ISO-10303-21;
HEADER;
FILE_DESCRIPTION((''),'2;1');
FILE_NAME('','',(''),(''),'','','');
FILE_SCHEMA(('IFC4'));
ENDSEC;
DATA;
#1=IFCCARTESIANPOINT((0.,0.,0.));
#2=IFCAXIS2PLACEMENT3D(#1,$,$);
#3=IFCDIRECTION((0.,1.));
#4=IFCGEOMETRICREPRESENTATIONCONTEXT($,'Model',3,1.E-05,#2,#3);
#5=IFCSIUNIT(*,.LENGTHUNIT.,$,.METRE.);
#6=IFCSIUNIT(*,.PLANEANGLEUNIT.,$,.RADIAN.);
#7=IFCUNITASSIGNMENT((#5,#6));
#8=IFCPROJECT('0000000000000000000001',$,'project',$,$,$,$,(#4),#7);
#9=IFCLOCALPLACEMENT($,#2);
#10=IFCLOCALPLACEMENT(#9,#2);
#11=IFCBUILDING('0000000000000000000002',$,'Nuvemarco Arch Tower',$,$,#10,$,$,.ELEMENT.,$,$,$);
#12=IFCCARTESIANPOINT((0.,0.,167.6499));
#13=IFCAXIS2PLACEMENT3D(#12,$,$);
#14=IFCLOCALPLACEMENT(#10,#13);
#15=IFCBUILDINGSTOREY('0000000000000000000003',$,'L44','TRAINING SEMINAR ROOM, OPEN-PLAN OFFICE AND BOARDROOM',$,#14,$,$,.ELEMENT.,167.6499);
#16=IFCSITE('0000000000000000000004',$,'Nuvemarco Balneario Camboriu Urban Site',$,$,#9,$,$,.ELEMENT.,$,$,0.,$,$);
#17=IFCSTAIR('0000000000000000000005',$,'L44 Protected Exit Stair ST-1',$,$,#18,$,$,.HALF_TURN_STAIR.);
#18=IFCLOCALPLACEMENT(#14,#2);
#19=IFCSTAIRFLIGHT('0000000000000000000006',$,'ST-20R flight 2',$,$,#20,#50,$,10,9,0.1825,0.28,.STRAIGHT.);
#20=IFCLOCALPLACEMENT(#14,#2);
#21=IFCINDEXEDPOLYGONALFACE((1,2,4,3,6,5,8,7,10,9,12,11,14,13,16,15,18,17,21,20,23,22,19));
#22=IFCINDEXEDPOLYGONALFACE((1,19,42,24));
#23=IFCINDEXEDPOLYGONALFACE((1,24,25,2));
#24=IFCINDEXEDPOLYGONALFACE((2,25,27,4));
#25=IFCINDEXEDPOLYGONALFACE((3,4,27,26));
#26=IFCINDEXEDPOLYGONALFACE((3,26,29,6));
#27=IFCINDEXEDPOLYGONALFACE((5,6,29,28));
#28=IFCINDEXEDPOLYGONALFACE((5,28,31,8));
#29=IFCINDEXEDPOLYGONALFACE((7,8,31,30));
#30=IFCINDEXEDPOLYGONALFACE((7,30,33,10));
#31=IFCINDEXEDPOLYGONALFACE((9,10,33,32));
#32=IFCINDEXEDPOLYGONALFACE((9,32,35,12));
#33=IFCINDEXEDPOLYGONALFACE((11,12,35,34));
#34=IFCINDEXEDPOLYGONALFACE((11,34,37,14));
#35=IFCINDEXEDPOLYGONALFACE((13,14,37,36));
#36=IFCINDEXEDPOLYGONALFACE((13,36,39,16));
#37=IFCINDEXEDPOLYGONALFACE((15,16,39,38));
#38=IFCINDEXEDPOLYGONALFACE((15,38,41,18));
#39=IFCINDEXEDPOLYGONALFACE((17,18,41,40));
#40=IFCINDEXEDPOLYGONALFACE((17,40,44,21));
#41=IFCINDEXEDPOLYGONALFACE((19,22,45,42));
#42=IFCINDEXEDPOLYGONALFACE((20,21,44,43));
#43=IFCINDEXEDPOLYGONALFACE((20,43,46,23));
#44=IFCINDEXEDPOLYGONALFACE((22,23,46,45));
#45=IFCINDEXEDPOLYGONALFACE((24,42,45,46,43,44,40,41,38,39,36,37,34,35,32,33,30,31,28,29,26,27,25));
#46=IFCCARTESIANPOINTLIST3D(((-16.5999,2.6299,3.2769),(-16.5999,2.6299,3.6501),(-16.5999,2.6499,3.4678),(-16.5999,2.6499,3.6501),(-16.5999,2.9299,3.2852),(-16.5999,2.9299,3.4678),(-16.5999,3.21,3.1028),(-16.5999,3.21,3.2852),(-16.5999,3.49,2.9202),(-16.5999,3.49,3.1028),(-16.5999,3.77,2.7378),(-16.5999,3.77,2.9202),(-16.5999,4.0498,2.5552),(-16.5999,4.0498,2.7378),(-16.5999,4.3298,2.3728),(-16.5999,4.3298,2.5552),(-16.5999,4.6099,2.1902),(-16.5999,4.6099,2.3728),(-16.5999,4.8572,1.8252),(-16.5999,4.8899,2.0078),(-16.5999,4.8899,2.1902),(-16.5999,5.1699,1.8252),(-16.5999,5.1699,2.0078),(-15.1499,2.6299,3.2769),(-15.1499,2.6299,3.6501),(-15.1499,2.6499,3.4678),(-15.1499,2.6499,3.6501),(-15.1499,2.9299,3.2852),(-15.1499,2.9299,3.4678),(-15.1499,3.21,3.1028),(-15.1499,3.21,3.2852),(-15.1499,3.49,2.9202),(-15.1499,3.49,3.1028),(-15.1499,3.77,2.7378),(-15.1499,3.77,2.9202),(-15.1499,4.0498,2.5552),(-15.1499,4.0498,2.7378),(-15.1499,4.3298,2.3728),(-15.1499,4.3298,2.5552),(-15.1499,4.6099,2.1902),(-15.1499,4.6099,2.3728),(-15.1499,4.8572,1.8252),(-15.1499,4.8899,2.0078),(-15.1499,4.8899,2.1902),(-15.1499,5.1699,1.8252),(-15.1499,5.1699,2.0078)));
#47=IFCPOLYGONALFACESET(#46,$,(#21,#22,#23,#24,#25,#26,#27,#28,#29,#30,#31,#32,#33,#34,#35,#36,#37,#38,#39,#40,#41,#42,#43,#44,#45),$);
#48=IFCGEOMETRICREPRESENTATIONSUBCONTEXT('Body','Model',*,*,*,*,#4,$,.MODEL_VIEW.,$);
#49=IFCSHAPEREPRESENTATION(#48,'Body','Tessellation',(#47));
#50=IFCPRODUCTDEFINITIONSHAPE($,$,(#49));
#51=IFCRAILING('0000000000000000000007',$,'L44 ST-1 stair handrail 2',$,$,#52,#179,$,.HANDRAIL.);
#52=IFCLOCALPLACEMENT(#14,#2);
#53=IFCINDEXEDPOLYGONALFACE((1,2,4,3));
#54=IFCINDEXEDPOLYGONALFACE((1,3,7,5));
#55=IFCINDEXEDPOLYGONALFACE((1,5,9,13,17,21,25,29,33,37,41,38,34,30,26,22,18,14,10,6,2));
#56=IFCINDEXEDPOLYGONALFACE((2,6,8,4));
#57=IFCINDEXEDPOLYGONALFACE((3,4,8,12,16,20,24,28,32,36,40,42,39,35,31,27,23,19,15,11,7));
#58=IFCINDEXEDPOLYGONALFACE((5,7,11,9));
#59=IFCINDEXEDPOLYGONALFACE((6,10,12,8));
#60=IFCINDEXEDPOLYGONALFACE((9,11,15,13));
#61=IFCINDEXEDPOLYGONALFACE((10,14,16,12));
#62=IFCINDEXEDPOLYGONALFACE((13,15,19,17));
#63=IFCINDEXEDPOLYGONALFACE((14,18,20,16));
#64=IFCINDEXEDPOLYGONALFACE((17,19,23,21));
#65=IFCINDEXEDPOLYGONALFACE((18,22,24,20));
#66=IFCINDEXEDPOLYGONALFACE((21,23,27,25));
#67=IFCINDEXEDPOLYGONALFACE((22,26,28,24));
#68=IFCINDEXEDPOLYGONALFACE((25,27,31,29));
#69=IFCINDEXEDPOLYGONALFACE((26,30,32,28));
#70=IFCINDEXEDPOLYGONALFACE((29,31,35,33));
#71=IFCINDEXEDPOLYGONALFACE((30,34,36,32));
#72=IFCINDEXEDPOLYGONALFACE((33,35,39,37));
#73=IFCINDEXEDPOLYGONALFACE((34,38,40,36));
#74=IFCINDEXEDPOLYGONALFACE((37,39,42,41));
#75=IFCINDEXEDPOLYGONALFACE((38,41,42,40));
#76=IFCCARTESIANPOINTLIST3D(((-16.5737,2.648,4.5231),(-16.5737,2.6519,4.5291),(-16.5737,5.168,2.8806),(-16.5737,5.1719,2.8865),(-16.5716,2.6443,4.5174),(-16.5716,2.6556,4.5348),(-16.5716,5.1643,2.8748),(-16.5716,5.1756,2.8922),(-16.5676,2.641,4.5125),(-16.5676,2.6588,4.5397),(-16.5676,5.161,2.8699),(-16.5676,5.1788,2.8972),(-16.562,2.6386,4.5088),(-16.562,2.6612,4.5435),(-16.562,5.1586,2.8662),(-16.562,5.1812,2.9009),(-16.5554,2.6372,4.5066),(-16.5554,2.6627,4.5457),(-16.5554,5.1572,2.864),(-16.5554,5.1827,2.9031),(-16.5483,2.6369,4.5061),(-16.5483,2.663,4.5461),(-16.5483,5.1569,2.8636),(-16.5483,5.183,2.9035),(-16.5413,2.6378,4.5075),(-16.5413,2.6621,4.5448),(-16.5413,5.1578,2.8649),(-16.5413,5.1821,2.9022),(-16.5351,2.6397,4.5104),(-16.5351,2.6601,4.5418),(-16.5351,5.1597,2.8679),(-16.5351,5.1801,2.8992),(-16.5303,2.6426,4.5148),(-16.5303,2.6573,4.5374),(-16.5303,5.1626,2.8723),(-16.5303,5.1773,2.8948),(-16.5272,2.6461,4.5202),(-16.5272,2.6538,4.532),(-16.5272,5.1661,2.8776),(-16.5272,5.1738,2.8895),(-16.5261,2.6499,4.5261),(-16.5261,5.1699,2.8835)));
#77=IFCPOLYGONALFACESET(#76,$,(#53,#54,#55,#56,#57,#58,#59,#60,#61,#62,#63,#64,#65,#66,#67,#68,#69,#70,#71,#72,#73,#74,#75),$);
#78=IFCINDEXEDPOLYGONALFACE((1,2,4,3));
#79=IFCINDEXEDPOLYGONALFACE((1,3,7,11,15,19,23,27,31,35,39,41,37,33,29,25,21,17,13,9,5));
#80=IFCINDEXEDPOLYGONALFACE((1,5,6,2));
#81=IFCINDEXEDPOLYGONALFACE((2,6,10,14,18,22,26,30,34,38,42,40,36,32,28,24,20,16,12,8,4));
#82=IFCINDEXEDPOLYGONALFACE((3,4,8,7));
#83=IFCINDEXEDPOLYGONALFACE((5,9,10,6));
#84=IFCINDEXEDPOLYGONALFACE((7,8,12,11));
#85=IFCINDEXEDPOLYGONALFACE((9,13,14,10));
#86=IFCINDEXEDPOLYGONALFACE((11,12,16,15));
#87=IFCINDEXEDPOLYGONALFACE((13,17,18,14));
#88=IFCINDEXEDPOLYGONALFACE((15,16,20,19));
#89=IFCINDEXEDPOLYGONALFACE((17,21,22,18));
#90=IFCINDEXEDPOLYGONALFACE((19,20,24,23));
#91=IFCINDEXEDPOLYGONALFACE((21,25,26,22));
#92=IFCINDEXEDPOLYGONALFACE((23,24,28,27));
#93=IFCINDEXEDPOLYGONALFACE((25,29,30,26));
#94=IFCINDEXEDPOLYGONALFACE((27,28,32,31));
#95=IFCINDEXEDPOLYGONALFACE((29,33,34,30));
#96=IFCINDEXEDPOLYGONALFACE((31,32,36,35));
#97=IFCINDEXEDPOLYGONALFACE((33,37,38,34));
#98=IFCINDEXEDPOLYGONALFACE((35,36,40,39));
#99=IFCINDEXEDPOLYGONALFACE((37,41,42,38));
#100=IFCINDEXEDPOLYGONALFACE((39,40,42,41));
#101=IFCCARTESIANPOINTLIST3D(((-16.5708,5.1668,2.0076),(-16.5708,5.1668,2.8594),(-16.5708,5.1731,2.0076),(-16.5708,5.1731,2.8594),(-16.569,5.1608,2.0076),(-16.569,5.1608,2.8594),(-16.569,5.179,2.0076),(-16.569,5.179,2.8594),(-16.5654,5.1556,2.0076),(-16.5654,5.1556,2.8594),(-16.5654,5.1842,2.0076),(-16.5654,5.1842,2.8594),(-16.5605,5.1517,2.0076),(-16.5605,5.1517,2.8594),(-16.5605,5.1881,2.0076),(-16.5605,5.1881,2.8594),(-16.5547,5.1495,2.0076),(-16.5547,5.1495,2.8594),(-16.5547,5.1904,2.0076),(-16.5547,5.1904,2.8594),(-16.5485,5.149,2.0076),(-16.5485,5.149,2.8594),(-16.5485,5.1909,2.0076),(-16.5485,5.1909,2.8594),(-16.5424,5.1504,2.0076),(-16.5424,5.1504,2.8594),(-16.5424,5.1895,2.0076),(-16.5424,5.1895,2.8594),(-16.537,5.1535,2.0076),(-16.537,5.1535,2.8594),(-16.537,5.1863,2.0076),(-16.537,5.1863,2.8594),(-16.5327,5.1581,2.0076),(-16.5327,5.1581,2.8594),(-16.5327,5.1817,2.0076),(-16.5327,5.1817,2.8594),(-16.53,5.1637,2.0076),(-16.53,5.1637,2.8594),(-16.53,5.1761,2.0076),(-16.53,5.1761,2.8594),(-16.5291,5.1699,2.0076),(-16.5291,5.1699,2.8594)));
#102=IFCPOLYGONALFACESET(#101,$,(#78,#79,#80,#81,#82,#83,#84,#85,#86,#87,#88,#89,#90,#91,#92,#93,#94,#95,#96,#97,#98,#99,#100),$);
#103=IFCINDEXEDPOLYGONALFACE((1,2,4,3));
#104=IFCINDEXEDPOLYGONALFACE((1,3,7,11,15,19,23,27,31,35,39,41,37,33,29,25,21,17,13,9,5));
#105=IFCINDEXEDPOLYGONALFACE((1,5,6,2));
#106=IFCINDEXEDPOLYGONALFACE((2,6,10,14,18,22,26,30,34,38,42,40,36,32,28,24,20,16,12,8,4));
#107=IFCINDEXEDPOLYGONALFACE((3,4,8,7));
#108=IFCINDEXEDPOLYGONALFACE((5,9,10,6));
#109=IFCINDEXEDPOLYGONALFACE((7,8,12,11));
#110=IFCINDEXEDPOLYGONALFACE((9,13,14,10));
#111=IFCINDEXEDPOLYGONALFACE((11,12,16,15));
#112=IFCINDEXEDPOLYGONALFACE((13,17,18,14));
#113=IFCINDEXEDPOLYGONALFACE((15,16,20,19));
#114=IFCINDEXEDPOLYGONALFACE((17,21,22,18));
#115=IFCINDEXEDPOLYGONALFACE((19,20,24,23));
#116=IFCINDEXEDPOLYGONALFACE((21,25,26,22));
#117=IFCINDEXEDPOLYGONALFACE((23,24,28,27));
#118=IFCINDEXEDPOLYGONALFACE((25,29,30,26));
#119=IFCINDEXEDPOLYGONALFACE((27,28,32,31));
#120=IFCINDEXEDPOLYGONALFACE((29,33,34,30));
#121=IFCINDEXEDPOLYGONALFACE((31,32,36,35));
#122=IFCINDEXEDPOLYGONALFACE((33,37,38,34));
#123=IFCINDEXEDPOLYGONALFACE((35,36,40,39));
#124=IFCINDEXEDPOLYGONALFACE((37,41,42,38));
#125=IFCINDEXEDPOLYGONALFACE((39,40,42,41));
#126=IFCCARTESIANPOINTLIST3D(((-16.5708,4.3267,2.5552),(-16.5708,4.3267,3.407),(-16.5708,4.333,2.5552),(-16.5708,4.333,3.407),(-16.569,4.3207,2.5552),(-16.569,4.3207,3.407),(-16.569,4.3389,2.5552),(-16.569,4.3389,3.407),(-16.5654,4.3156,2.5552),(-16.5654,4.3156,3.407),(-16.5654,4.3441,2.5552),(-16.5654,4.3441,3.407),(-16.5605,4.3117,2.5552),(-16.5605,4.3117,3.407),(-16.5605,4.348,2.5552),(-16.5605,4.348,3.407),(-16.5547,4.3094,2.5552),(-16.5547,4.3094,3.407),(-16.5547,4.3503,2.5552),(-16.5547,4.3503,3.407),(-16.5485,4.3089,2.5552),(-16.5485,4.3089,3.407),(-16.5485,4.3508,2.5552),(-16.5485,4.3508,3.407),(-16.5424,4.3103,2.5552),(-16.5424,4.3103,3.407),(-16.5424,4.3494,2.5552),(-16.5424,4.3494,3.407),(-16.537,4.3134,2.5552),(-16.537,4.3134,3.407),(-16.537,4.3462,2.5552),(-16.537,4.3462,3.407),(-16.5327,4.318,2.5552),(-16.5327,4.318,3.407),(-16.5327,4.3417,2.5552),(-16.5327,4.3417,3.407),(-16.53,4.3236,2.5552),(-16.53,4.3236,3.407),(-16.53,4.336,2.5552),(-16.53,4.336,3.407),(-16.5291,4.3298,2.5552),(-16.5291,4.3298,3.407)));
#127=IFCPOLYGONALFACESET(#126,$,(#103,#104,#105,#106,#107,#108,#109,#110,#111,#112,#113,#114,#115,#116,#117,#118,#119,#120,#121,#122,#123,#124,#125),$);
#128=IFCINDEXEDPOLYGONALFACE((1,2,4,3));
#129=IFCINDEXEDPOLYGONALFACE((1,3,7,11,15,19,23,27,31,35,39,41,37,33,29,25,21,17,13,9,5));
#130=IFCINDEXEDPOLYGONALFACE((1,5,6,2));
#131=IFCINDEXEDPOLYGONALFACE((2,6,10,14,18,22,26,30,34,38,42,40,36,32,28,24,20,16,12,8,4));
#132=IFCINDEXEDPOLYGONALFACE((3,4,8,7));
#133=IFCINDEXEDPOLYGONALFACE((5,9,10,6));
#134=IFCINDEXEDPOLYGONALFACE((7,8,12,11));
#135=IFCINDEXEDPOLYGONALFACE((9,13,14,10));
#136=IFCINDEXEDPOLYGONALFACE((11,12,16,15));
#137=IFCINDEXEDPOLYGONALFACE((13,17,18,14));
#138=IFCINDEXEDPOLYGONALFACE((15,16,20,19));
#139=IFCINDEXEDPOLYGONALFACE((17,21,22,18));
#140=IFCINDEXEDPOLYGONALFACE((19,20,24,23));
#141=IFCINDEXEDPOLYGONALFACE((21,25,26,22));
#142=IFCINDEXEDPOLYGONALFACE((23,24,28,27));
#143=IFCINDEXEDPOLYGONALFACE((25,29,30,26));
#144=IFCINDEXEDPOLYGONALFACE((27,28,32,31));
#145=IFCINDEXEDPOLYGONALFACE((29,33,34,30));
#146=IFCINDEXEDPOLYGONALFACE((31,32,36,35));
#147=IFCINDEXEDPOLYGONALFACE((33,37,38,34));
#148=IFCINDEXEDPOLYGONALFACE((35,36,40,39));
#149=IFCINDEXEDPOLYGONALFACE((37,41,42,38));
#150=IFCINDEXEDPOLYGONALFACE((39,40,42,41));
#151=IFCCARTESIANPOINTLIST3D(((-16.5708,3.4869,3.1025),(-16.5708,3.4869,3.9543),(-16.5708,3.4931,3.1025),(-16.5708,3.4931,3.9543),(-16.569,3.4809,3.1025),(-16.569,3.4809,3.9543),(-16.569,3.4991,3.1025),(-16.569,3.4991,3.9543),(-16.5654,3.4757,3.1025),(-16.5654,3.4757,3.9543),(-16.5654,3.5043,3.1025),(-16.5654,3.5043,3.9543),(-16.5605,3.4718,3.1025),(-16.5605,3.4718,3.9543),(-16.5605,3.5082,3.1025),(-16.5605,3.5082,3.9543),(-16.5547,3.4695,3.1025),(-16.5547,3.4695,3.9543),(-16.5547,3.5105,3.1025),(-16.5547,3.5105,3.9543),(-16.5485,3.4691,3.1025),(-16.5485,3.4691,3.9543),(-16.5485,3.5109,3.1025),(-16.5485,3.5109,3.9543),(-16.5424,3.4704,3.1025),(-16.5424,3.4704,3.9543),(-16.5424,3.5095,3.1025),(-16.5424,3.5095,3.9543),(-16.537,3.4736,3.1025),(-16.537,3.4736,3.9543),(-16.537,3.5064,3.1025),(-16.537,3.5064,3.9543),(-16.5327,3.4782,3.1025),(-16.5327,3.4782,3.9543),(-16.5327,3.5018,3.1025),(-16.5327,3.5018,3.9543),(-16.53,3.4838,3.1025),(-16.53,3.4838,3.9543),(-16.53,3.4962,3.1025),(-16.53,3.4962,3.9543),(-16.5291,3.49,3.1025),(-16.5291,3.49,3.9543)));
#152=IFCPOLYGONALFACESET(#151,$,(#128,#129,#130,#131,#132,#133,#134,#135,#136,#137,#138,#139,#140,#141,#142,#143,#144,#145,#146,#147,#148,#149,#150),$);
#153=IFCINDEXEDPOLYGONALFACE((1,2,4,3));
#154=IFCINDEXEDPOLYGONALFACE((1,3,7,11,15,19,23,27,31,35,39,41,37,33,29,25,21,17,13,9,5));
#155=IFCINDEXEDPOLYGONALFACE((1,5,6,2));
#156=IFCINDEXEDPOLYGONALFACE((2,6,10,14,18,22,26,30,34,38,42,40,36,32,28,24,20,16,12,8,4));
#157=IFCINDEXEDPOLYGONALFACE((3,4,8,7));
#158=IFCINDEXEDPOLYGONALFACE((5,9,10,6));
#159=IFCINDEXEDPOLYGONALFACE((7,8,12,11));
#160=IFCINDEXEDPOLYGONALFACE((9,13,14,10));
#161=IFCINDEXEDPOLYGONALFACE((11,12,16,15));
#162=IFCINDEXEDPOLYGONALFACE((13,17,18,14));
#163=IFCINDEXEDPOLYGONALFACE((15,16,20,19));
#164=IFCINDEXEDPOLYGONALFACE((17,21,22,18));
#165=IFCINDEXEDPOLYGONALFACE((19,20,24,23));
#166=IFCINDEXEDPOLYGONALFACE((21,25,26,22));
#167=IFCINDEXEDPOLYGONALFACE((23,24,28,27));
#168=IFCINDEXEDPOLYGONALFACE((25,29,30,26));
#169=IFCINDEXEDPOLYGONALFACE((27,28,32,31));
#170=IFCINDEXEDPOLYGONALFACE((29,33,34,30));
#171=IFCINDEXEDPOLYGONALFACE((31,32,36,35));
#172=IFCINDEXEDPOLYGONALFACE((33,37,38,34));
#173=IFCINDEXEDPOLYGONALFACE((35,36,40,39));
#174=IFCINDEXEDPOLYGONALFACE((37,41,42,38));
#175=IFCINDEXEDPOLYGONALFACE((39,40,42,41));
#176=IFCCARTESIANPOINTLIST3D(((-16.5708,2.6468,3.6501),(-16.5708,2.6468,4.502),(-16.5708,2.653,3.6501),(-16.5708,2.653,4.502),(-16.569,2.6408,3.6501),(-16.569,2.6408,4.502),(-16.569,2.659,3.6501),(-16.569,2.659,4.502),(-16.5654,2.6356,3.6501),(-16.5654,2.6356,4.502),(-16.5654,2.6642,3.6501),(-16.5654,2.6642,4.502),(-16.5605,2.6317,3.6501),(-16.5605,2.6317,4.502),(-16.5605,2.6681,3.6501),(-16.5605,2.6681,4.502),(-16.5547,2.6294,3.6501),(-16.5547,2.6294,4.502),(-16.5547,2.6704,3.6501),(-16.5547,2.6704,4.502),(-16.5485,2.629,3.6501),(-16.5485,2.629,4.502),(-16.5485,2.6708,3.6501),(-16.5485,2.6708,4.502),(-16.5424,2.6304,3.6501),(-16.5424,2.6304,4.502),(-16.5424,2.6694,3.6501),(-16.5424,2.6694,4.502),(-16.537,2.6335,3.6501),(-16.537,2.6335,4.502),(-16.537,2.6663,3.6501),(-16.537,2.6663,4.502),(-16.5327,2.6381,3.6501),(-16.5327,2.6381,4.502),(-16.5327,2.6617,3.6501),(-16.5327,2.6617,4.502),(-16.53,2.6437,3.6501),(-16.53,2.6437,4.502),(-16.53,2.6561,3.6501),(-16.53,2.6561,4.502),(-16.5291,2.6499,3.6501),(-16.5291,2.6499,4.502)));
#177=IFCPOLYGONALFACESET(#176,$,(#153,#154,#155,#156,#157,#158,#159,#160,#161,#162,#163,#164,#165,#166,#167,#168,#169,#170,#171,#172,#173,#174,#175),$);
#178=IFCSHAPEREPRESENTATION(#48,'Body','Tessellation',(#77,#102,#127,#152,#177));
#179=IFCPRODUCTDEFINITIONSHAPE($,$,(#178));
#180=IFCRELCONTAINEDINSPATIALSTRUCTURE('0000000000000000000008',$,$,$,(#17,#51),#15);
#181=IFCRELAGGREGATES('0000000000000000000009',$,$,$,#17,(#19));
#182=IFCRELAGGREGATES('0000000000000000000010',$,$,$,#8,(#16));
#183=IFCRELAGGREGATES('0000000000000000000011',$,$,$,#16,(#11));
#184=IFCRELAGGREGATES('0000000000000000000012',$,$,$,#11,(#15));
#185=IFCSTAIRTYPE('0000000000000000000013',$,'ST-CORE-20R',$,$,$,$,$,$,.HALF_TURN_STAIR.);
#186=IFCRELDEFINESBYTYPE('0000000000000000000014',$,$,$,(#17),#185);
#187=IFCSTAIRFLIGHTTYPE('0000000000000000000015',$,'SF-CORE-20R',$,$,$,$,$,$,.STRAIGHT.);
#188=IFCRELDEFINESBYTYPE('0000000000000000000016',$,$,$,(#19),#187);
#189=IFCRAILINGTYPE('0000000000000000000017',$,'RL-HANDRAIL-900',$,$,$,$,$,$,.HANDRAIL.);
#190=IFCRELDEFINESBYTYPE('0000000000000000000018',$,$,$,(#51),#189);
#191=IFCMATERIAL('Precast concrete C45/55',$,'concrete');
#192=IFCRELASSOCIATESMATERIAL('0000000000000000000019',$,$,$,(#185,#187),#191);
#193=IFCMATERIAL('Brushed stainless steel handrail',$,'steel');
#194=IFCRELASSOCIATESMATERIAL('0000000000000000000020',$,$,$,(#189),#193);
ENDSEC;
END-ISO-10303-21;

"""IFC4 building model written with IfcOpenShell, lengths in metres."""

from ifc_helpers import new_model, si_unit, direction, frame, origin, origin_2d, place, context, subcontext, project, spatial, polyline, circle, outline, extrude, material, type_object, element, aggregate, save


model = new_model("IFC4")

# Units and contexts
model_context = context("Model", 3, precision=1e-05, world=origin(), true_north=direction((0.0, 1.0)))
body_context = subcontext(model_context, "Body", "Model", "MODEL_VIEW")
ifc_project = project(units=[si_unit("LENGTHUNIT", "METRE"), si_unit("PLANEANGLEUNIT", "RADIAN")], contexts=[model_context])

# Site, building, storey
site_placement = place(None, origin())
site = spatial("IfcSite", under=ifc_project, at=site_placement, Name="Nuvemarco Balneario Camboriu Urban Site", CompositionType="ELEMENT", RefElevation=0.0)
building_placement = place(site_placement, origin())
building = spatial("IfcBuilding", under=site, at=building_placement, Name="Nuvemarco Arch Tower", CompositionType="ELEMENT")
storey_placement = place(building_placement, frame((0.0, 0.0, 167.6499)))
storey = spatial("IfcBuildingStorey", under=building, at=storey_placement, Name="L44", Description="TRAINING SEMINAR ROOM, OPEN-PLAN OFFICE AND BOARDROOM", CompositionType="ELEMENT", Elevation=167.6499)

# Shared definitions
ifc_material_1 = material(Name="Precast concrete C45/55", Category="concrete")

# Stair, stair flight
stair_type = type_object("IfcStairType", Name="ST-CORE-20R", PredefinedType="HALF_TURN_STAIR", material=ifc_material_1)
stair_placement = place(storey_placement, origin())
stair = element("IfcStair", 1, at=stair_placement, inside=storey, type_object=stair_type, Name="L44 Protected Exit Stair ST-1", PredefinedType="HALF_TURN_STAIR")
stair_flight_type = type_object("IfcStairFlightType", Name="SF-CORE-20R", PredefinedType="STRAIGHT", material=ifc_material_1)
stair_flight_placement = place(storey_placement, frame((-15.875, 5.1699, 1.8252), z_axis=(0.0, 0.0, 1.0), x_axis=(0.0, -1.0, 0.0)))
stair_flight = element("IfcStairFlight", 2, at=stair_flight_placement, type_object=stair_flight_type, Name="ST-20R flight 2", NumberOfRisers=10, NumberOfTreads=9, PredefinedType="STRAIGHT", RiserHeight=0.1825, TreadLength=0.28, context=body_context, shape_type="SweptSolid", body=[
    extrude(outline(polyline([(0.0, 0.0), (0.0, 0.1826), (0.28, 0.1826), (0.28, 0.365), (0.5601, 0.365), (0.5601, 0.5476), (0.8401, 0.5476), (0.8401, 0.73), (1.1201, 0.73), (1.1201, 0.9126), (1.3999, 0.9126), (1.3999, 1.095), (1.6799, 1.095), (1.6799, 1.2776), (1.96, 1.2776), (1.96, 1.46), (2.24, 1.46), (2.24, 1.6426), (2.52, 1.6426), (2.52, 1.825), (2.54, 1.825), (2.54, 1.4517), (0.3127, 0.0), (0.0, 0.0)])), frame((0.0, 0.7251, 0.0), z_axis=(0.0, -1.0, 0.0), x_axis=(1.0, 0.0, 0.0)), (0.0, 0.0, 1.0), 1.45),
])
aggregate(stair, [stair_flight])

# Railing
ifc_material_2 = material(Name="Brushed stainless steel handrail", Category="steel")
railing_type_1 = type_object("IfcRailingType", Name="RL-HANDRAIL-900", PredefinedType="HANDRAIL", material=ifc_material_2)
railing_1_placement = place(storey_placement, frame((-16.55, 5.1699, 2.0076)))
element("IfcRailing", 3, at=railing_1_placement, inside=storey, type_object=railing_type_1, Name="L44 ST-1 stair handrail 2", PredefinedType="HANDRAIL", context=body_context, shape_type="SweptSolid", body=[
    extrude(circle(Radius=0.0239, at=origin_2d()), frame((0.0, 0.0, 0.876), z_axis=(0.0, -0.837749, 0.546055), x_axis=(1.0, 0.0, 0.0)), (0.0, 0.0, 1.0), 3.0081),
    extrude(circle(Radius=0.021, at=origin_2d()), origin(), (0.0, 0.0, 1.0), 0.8518),
    extrude(circle(Radius=0.021, at=origin_2d()), frame((0.0, -0.8401, 0.5476)), (0.0, 0.0, 1.0), 0.8518),
    extrude(circle(Radius=0.021, at=origin_2d()), frame((0.0, -1.6799, 1.095)), (0.0, 0.0, 1.0), 0.8518),
    extrude(circle(Radius=0.021, at=origin_2d()), frame((0.0, -2.52, 1.6426)), (0.0, 0.0, 1.0), 0.8518),
])

save(model, "model.ifc")
